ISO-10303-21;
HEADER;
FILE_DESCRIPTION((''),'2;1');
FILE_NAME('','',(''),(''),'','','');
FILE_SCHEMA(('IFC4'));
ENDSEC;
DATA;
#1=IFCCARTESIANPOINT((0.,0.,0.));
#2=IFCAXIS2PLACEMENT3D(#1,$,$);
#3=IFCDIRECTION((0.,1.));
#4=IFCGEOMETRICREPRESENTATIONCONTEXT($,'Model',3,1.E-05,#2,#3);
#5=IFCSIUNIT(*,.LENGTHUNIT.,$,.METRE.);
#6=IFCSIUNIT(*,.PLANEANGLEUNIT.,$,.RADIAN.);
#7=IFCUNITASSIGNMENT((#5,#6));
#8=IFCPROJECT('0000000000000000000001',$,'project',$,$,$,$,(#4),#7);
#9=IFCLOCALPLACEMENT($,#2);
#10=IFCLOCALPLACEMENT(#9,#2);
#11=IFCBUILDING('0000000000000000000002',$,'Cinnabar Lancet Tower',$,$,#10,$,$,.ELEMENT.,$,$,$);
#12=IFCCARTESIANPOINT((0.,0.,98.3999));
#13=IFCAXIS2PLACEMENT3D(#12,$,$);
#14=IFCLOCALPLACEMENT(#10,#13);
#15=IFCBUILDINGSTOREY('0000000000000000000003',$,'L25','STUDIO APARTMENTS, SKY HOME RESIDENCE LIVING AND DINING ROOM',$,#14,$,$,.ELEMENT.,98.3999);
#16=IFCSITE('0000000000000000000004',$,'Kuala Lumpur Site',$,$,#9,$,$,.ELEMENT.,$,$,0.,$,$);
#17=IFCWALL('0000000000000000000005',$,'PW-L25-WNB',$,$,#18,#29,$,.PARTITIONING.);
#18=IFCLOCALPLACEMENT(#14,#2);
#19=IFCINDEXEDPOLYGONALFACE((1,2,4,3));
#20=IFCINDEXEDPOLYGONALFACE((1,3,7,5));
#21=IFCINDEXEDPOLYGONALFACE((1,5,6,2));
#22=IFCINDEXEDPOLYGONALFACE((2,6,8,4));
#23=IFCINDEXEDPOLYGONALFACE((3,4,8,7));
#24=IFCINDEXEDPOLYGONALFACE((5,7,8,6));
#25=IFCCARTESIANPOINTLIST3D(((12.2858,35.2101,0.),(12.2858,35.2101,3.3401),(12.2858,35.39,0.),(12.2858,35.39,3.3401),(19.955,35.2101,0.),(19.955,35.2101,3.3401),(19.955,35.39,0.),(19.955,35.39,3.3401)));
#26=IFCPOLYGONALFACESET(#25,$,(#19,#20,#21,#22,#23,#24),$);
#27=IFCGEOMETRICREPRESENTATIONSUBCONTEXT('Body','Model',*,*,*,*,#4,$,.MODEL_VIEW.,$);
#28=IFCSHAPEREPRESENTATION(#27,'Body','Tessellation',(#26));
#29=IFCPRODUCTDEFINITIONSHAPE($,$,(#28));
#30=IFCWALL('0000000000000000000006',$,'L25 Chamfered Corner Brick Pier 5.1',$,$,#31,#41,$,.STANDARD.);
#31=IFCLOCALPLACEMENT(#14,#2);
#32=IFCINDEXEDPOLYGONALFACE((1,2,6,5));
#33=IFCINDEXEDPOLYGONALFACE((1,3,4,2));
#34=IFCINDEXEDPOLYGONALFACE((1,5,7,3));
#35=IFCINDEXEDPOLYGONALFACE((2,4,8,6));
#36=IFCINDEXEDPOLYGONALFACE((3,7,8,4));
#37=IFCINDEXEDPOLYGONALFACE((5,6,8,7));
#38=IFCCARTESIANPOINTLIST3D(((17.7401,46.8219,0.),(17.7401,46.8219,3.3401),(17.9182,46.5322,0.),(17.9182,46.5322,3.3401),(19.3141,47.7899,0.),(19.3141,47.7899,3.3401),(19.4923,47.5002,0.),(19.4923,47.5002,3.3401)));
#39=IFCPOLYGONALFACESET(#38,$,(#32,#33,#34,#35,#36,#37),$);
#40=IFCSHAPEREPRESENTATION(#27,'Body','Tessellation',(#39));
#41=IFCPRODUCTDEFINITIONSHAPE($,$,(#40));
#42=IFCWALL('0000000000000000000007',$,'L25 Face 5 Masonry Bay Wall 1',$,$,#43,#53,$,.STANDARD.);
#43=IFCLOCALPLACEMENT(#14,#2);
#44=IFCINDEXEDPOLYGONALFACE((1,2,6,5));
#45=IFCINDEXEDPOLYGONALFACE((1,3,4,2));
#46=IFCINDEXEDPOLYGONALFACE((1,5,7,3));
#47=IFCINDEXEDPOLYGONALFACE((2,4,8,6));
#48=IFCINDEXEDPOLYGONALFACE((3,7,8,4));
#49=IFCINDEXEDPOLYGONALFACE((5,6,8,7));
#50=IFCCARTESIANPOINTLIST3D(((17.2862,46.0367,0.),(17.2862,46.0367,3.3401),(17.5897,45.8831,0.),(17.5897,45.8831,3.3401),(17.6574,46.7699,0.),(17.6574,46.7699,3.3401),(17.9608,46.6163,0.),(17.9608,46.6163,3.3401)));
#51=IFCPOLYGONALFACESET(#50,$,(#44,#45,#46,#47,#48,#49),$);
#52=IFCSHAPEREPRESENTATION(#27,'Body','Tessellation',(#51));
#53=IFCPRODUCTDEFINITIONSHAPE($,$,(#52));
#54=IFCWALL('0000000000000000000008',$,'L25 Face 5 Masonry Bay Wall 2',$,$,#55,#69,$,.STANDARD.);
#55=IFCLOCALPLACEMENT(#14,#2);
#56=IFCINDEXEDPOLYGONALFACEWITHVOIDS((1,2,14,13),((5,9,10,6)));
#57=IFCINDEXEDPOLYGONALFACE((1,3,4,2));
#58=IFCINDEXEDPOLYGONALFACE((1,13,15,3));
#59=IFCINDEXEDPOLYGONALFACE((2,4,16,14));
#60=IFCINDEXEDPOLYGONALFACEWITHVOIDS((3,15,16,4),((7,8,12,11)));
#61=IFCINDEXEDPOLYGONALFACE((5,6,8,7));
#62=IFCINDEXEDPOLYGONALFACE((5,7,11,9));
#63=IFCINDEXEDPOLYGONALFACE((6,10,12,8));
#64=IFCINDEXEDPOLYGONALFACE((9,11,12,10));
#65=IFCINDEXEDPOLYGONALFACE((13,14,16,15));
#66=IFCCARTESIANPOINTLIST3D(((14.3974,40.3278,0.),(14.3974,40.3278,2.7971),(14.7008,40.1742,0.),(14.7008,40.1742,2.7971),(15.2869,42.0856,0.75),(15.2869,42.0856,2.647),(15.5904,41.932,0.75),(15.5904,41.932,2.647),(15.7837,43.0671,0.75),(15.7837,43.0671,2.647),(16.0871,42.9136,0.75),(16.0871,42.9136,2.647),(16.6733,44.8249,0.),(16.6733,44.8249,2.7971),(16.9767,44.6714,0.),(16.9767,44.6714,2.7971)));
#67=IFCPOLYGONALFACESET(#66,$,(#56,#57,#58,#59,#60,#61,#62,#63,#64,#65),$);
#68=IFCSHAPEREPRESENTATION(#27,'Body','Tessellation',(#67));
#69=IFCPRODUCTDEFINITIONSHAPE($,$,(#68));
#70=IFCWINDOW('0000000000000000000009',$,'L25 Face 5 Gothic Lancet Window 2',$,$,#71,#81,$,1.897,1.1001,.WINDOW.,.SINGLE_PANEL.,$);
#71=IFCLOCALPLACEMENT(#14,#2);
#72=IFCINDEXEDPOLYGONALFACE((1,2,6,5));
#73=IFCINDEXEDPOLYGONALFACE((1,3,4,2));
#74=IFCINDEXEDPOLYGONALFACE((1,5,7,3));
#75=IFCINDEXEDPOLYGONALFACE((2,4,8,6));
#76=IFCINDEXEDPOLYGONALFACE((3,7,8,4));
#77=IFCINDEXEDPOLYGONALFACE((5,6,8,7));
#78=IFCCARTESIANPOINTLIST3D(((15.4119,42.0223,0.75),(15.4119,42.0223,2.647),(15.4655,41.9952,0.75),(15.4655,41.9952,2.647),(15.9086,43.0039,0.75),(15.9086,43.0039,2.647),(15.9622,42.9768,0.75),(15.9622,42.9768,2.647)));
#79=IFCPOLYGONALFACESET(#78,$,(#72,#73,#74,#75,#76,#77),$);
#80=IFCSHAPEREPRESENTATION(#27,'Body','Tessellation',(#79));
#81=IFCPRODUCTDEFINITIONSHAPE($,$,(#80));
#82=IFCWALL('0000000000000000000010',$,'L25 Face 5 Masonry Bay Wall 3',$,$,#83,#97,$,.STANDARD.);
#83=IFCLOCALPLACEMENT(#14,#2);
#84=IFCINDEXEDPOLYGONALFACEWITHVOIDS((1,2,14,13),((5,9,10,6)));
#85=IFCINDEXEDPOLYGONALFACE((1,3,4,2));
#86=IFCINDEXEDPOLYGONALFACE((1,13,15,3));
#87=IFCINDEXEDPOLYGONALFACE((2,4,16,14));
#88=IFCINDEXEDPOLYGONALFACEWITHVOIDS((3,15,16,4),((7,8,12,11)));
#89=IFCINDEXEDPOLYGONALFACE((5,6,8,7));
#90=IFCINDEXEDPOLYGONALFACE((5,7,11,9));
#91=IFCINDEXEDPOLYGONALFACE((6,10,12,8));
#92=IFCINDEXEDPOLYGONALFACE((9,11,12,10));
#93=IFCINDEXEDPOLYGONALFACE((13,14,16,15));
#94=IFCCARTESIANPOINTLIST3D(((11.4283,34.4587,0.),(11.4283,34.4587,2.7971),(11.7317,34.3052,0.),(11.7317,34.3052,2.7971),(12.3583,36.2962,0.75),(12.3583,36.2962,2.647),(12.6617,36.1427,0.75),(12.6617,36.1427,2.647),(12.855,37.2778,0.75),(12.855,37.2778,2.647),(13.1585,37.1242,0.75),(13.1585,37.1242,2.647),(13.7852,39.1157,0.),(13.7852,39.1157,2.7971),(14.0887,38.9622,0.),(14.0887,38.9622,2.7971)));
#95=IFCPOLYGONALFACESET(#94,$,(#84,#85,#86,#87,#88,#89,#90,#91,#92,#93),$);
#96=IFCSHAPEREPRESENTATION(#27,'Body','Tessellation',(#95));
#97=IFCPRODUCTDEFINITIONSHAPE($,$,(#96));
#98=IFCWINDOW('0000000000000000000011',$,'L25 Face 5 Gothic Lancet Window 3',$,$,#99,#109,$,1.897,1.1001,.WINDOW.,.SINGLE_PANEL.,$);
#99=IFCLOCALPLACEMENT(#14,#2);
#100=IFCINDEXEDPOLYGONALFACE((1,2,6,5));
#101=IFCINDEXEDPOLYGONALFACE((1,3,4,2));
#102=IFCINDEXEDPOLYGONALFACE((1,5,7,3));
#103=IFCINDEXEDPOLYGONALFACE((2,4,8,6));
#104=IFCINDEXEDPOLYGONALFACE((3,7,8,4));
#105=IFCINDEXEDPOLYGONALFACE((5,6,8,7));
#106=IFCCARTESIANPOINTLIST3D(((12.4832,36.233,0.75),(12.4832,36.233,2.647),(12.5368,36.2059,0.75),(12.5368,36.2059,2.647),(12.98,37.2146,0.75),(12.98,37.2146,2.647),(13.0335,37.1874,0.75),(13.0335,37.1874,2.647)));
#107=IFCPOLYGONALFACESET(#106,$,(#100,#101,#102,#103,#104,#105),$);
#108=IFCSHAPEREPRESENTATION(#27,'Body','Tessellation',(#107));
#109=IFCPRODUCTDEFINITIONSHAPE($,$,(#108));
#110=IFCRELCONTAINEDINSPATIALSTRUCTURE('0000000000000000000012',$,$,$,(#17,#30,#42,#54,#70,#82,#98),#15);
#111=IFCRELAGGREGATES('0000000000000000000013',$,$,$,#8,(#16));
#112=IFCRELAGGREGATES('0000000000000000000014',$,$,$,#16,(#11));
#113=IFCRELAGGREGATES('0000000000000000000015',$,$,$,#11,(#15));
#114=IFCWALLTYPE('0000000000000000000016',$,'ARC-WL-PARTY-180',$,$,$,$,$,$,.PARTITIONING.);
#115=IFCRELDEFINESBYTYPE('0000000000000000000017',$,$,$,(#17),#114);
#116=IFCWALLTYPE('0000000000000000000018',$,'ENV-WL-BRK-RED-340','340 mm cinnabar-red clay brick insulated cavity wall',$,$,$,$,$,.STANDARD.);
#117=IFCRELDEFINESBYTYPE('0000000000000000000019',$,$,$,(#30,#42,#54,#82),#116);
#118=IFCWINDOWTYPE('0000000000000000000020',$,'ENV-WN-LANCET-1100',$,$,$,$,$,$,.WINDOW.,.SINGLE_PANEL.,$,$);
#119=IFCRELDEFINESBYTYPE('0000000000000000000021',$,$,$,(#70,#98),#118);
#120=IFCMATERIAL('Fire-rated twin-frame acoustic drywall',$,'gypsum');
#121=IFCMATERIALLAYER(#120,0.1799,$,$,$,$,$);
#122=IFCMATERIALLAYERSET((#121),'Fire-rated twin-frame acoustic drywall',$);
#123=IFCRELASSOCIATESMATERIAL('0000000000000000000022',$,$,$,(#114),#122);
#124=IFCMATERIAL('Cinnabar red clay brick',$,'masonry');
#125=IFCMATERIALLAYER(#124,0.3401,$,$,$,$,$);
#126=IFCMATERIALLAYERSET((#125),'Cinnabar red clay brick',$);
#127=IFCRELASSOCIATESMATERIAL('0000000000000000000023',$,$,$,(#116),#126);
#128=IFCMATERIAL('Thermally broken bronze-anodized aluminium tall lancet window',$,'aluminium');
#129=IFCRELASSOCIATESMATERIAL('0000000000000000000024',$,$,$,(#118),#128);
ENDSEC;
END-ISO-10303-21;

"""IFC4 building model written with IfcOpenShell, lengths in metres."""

from ifc_helpers import new_model, si_unit, direction, frame, frame_2d, origin, place, context, subcontext, project, spatial, rectangle, extrude, material, layer, layer_set, type_object, element, fill, save


model = new_model("IFC4")

# Units and contexts
model_context = context("Model", 3, precision=1e-05, world=origin(), true_north=direction((0.0, 1.0)))
body_context = subcontext(model_context, "Body", "Model", "MODEL_VIEW")
ifc_project = project(units=[si_unit("LENGTHUNIT", "METRE"), si_unit("PLANEANGLEUNIT", "RADIAN")], contexts=[model_context])

# Site, building, storey
site_placement = place(None, origin())
site = spatial("IfcSite", under=ifc_project, at=site_placement, Name="Kuala Lumpur Site", CompositionType="ELEMENT", RefElevation=0.0)
building_placement = place(site_placement, origin())
building = spatial("IfcBuilding", under=site, at=building_placement, Name="Cinnabar Lancet Tower", CompositionType="ELEMENT")
storey_placement = place(building_placement, frame((0.0, 0.0, 98.3999)))
storey = spatial("IfcBuildingStorey", under=building, at=storey_placement, Name="L25", Description="STUDIO APARTMENTS, SKY HOME RESIDENCE LIVING AND DINING ROOM", CompositionType="ELEMENT", Elevation=98.3999)

# Walls
ifc_material_1 = material(Name="Fire-rated twin-frame acoustic drywall", Category="gypsum")
ifc_layer_1 = layer(ifc_material_1, 0.1799)
ifc_layer_set_1 = layer_set([ifc_layer_1], Name="Fire-rated twin-frame acoustic drywall")
wall_type_1 = type_object("IfcWallType", Name="ARC-WL-PARTY-180", PredefinedType="PARTITIONING", material=ifc_layer_set_1)
wall_1_placement = place(storey_placement, frame((12.2859, 35.3, 0.0), z_axis=(0.0, 0.0, 1.0), x_axis=(1.0, 0.0, 0.0)))
element("IfcWall", 1, at=wall_1_placement, inside=storey, type_object=wall_type_1, Name="PW-L25-WNB", PredefinedType="PARTITIONING", context=body_context, shape_type="SweptSolid", body=[
    extrude(rectangle(XDim=7.6692, YDim=0.1799, at=frame_2d((3.8345, 0.0))), origin(), (0.0, 0.0, 1.0), 3.3401),
])
ifc_material_2 = material(Name="Cinnabar red clay brick", Category="masonry")
ifc_layer_2 = layer(ifc_material_2, 0.3401)
ifc_layer_set_2 = layer_set([ifc_layer_2], Name="Cinnabar red clay brick")
wall_type_2 = type_object("IfcWallType", Name="ENV-WL-BRK-RED-340", Description="340 mm cinnabar-red clay brick insulated cavity wall", PredefinedType="STANDARD", material=ifc_layer_set_2)
wall_2_placement = place(storey_placement, frame((19.4031, 47.645, 0.0), z_axis=(0.0, 0.0, 1.0), x_axis=(-0.851799, -0.523869, 0.0)))
element("IfcWall", 2, at=wall_2_placement, inside=storey, type_object=wall_type_2, Name="L25 Chamfered Corner Brick Pier 5.1", PredefinedType="STANDARD", context=body_context, shape_type="SweptSolid", body=[
    extrude(rectangle(XDim=1.8479, YDim=0.3401, at=frame_2d((0.9238, 0.0))), origin(), (0.0, 0.0, 1.0), 3.3401),
])
wall_3_placement = place(storey_placement, frame((17.8091, 46.6931, 0.0), z_axis=(0.0, 0.0, 1.0), x_axis=(-0.451605, -0.892218, 0.0)))
element("IfcWall", 3, at=wall_3_placement, inside=storey, type_object=wall_type_2, Name="L25 Face 5 Masonry Bay Wall 1", PredefinedType="STANDARD", context=body_context, shape_type="SweptSolid", body=[
    extrude(rectangle(XDim=0.8218, YDim=0.3401, at=frame_2d((0.4109, 0.0))), origin(), (0.0, 0.0, 1.0), 3.3401),
])

# Walls, openings, windows
wall_4_placement = place(storey_placement, frame((16.825, 44.748, 0.0), z_axis=(0.0, 0.0, 1.0), x_axis=(-0.451548, -0.892247, 0.0)))
wall_4 = element("IfcWall", 4, at=wall_4_placement, inside=storey, type_object=wall_type_2, Name="L25 Face 5 Masonry Bay Wall 2", PredefinedType="STANDARD", context=body_context, shape_type="SweptSolid", body=[
    extrude(rectangle(XDim=5.0403, YDim=0.3401, at=frame_2d((2.52, 0.0))), origin(), (0.0, 0.0, 1.0), 2.7971),
])
opening_1_placement = place(wall_4_placement, frame((1.97, 0.0, 0.75)))
opening_1 = element("IfcOpeningElement", 5, at=opening_1_placement, cuts=wall_4, PredefinedType="OPENING", context=body_context, shape_type="SweptSolid", body=[
    extrude(rectangle(XDim=1.1001, YDim=1.897, at=frame_2d((0.55, 0.9485))), frame((0.0, 0.1799, 0.0), z_axis=(0.0, -1.0, 0.0), x_axis=(1.0, 0.0, 0.0)), (0.0, 0.0, 1.0), 0.3601),
])
ifc_material_3 = material(Name="Thermally broken bronze-anodized aluminium tall lancet window", Category="aluminium")
window_type = type_object("IfcWindowType", Name="ENV-WN-LANCET-1100", PartitioningType="SINGLE_PANEL", PredefinedType="WINDOW", material=ifc_material_3)
window_1_placement = place(opening_1_placement, origin())
window_1 = element("IfcWindow", 6, at=window_1_placement, inside=storey, type_object=window_type, Name="L25 Face 5 Gothic Lancet Window 2", OverallHeight=1.897, OverallWidth=1.1001, PartitioningType="SINGLE_PANEL", PredefinedType="WINDOW", context=body_context, shape_type="SweptSolid", body=[
    extrude(rectangle(XDim=1.1001, YDim=1.897, at=frame_2d((0.55, 0.9485))), frame((0.0, 0.03, 0.0), z_axis=(0.0, -1.0, 0.0), x_axis=(1.0, 0.0, 0.0)), (0.0, 0.0, 1.0), 0.0601),
])
fill(opening_1, window_1)
wall_5_placement = place(storey_placement, frame((13.937, 39.0391, 0.0), z_axis=(0.0, 0.0, 1.0), x_axis=(-0.451568, -0.892237, 0.0)))
wall_5 = element("IfcWall", 7, at=wall_5_placement, inside=storey, type_object=wall_type_2, Name="L25 Face 5 Masonry Bay Wall 3", PredefinedType="STANDARD", context=body_context, shape_type="SweptSolid", body=[
    extrude(rectangle(XDim=5.2195, YDim=0.3401, at=frame_2d((2.6099, 0.0))), origin(), (0.0, 0.0, 1.0), 2.7971),
])
opening_2_placement = place(wall_5_placement, frame((2.0601, 0.0, 0.75)))
opening_2 = element("IfcOpeningElement", 8, at=opening_2_placement, cuts=wall_5, PredefinedType="OPENING", context=body_context, shape_type="SweptSolid", body=[
    extrude(rectangle(XDim=1.1001, YDim=1.897, at=frame_2d((0.55, 0.9485))), frame((0.0, 0.1799, 0.0), z_axis=(0.0, -1.0, 0.0), x_axis=(1.0, 0.0, 0.0)), (0.0, 0.0, 1.0), 0.3601),
])
window_2_placement = place(opening_2_placement, origin())
window_2 = element("IfcWindow", 9, at=window_2_placement, inside=storey, type_object=window_type, Name="L25 Face 5 Gothic Lancet Window 3", OverallHeight=1.897, OverallWidth=1.1001, PartitioningType="SINGLE_PANEL", PredefinedType="WINDOW", context=body_context, shape_type="SweptSolid", body=[
    extrude(rectangle(XDim=1.1001, YDim=1.897, at=frame_2d((0.55, 0.9485))), frame((0.0, 0.03, 0.0), z_axis=(0.0, -1.0, 0.0), x_axis=(1.0, 0.0, 0.0)), (0.0, 0.0, 1.0), 0.0601),
])
fill(opening_2, window_2)

save(model, "model.ifc")
